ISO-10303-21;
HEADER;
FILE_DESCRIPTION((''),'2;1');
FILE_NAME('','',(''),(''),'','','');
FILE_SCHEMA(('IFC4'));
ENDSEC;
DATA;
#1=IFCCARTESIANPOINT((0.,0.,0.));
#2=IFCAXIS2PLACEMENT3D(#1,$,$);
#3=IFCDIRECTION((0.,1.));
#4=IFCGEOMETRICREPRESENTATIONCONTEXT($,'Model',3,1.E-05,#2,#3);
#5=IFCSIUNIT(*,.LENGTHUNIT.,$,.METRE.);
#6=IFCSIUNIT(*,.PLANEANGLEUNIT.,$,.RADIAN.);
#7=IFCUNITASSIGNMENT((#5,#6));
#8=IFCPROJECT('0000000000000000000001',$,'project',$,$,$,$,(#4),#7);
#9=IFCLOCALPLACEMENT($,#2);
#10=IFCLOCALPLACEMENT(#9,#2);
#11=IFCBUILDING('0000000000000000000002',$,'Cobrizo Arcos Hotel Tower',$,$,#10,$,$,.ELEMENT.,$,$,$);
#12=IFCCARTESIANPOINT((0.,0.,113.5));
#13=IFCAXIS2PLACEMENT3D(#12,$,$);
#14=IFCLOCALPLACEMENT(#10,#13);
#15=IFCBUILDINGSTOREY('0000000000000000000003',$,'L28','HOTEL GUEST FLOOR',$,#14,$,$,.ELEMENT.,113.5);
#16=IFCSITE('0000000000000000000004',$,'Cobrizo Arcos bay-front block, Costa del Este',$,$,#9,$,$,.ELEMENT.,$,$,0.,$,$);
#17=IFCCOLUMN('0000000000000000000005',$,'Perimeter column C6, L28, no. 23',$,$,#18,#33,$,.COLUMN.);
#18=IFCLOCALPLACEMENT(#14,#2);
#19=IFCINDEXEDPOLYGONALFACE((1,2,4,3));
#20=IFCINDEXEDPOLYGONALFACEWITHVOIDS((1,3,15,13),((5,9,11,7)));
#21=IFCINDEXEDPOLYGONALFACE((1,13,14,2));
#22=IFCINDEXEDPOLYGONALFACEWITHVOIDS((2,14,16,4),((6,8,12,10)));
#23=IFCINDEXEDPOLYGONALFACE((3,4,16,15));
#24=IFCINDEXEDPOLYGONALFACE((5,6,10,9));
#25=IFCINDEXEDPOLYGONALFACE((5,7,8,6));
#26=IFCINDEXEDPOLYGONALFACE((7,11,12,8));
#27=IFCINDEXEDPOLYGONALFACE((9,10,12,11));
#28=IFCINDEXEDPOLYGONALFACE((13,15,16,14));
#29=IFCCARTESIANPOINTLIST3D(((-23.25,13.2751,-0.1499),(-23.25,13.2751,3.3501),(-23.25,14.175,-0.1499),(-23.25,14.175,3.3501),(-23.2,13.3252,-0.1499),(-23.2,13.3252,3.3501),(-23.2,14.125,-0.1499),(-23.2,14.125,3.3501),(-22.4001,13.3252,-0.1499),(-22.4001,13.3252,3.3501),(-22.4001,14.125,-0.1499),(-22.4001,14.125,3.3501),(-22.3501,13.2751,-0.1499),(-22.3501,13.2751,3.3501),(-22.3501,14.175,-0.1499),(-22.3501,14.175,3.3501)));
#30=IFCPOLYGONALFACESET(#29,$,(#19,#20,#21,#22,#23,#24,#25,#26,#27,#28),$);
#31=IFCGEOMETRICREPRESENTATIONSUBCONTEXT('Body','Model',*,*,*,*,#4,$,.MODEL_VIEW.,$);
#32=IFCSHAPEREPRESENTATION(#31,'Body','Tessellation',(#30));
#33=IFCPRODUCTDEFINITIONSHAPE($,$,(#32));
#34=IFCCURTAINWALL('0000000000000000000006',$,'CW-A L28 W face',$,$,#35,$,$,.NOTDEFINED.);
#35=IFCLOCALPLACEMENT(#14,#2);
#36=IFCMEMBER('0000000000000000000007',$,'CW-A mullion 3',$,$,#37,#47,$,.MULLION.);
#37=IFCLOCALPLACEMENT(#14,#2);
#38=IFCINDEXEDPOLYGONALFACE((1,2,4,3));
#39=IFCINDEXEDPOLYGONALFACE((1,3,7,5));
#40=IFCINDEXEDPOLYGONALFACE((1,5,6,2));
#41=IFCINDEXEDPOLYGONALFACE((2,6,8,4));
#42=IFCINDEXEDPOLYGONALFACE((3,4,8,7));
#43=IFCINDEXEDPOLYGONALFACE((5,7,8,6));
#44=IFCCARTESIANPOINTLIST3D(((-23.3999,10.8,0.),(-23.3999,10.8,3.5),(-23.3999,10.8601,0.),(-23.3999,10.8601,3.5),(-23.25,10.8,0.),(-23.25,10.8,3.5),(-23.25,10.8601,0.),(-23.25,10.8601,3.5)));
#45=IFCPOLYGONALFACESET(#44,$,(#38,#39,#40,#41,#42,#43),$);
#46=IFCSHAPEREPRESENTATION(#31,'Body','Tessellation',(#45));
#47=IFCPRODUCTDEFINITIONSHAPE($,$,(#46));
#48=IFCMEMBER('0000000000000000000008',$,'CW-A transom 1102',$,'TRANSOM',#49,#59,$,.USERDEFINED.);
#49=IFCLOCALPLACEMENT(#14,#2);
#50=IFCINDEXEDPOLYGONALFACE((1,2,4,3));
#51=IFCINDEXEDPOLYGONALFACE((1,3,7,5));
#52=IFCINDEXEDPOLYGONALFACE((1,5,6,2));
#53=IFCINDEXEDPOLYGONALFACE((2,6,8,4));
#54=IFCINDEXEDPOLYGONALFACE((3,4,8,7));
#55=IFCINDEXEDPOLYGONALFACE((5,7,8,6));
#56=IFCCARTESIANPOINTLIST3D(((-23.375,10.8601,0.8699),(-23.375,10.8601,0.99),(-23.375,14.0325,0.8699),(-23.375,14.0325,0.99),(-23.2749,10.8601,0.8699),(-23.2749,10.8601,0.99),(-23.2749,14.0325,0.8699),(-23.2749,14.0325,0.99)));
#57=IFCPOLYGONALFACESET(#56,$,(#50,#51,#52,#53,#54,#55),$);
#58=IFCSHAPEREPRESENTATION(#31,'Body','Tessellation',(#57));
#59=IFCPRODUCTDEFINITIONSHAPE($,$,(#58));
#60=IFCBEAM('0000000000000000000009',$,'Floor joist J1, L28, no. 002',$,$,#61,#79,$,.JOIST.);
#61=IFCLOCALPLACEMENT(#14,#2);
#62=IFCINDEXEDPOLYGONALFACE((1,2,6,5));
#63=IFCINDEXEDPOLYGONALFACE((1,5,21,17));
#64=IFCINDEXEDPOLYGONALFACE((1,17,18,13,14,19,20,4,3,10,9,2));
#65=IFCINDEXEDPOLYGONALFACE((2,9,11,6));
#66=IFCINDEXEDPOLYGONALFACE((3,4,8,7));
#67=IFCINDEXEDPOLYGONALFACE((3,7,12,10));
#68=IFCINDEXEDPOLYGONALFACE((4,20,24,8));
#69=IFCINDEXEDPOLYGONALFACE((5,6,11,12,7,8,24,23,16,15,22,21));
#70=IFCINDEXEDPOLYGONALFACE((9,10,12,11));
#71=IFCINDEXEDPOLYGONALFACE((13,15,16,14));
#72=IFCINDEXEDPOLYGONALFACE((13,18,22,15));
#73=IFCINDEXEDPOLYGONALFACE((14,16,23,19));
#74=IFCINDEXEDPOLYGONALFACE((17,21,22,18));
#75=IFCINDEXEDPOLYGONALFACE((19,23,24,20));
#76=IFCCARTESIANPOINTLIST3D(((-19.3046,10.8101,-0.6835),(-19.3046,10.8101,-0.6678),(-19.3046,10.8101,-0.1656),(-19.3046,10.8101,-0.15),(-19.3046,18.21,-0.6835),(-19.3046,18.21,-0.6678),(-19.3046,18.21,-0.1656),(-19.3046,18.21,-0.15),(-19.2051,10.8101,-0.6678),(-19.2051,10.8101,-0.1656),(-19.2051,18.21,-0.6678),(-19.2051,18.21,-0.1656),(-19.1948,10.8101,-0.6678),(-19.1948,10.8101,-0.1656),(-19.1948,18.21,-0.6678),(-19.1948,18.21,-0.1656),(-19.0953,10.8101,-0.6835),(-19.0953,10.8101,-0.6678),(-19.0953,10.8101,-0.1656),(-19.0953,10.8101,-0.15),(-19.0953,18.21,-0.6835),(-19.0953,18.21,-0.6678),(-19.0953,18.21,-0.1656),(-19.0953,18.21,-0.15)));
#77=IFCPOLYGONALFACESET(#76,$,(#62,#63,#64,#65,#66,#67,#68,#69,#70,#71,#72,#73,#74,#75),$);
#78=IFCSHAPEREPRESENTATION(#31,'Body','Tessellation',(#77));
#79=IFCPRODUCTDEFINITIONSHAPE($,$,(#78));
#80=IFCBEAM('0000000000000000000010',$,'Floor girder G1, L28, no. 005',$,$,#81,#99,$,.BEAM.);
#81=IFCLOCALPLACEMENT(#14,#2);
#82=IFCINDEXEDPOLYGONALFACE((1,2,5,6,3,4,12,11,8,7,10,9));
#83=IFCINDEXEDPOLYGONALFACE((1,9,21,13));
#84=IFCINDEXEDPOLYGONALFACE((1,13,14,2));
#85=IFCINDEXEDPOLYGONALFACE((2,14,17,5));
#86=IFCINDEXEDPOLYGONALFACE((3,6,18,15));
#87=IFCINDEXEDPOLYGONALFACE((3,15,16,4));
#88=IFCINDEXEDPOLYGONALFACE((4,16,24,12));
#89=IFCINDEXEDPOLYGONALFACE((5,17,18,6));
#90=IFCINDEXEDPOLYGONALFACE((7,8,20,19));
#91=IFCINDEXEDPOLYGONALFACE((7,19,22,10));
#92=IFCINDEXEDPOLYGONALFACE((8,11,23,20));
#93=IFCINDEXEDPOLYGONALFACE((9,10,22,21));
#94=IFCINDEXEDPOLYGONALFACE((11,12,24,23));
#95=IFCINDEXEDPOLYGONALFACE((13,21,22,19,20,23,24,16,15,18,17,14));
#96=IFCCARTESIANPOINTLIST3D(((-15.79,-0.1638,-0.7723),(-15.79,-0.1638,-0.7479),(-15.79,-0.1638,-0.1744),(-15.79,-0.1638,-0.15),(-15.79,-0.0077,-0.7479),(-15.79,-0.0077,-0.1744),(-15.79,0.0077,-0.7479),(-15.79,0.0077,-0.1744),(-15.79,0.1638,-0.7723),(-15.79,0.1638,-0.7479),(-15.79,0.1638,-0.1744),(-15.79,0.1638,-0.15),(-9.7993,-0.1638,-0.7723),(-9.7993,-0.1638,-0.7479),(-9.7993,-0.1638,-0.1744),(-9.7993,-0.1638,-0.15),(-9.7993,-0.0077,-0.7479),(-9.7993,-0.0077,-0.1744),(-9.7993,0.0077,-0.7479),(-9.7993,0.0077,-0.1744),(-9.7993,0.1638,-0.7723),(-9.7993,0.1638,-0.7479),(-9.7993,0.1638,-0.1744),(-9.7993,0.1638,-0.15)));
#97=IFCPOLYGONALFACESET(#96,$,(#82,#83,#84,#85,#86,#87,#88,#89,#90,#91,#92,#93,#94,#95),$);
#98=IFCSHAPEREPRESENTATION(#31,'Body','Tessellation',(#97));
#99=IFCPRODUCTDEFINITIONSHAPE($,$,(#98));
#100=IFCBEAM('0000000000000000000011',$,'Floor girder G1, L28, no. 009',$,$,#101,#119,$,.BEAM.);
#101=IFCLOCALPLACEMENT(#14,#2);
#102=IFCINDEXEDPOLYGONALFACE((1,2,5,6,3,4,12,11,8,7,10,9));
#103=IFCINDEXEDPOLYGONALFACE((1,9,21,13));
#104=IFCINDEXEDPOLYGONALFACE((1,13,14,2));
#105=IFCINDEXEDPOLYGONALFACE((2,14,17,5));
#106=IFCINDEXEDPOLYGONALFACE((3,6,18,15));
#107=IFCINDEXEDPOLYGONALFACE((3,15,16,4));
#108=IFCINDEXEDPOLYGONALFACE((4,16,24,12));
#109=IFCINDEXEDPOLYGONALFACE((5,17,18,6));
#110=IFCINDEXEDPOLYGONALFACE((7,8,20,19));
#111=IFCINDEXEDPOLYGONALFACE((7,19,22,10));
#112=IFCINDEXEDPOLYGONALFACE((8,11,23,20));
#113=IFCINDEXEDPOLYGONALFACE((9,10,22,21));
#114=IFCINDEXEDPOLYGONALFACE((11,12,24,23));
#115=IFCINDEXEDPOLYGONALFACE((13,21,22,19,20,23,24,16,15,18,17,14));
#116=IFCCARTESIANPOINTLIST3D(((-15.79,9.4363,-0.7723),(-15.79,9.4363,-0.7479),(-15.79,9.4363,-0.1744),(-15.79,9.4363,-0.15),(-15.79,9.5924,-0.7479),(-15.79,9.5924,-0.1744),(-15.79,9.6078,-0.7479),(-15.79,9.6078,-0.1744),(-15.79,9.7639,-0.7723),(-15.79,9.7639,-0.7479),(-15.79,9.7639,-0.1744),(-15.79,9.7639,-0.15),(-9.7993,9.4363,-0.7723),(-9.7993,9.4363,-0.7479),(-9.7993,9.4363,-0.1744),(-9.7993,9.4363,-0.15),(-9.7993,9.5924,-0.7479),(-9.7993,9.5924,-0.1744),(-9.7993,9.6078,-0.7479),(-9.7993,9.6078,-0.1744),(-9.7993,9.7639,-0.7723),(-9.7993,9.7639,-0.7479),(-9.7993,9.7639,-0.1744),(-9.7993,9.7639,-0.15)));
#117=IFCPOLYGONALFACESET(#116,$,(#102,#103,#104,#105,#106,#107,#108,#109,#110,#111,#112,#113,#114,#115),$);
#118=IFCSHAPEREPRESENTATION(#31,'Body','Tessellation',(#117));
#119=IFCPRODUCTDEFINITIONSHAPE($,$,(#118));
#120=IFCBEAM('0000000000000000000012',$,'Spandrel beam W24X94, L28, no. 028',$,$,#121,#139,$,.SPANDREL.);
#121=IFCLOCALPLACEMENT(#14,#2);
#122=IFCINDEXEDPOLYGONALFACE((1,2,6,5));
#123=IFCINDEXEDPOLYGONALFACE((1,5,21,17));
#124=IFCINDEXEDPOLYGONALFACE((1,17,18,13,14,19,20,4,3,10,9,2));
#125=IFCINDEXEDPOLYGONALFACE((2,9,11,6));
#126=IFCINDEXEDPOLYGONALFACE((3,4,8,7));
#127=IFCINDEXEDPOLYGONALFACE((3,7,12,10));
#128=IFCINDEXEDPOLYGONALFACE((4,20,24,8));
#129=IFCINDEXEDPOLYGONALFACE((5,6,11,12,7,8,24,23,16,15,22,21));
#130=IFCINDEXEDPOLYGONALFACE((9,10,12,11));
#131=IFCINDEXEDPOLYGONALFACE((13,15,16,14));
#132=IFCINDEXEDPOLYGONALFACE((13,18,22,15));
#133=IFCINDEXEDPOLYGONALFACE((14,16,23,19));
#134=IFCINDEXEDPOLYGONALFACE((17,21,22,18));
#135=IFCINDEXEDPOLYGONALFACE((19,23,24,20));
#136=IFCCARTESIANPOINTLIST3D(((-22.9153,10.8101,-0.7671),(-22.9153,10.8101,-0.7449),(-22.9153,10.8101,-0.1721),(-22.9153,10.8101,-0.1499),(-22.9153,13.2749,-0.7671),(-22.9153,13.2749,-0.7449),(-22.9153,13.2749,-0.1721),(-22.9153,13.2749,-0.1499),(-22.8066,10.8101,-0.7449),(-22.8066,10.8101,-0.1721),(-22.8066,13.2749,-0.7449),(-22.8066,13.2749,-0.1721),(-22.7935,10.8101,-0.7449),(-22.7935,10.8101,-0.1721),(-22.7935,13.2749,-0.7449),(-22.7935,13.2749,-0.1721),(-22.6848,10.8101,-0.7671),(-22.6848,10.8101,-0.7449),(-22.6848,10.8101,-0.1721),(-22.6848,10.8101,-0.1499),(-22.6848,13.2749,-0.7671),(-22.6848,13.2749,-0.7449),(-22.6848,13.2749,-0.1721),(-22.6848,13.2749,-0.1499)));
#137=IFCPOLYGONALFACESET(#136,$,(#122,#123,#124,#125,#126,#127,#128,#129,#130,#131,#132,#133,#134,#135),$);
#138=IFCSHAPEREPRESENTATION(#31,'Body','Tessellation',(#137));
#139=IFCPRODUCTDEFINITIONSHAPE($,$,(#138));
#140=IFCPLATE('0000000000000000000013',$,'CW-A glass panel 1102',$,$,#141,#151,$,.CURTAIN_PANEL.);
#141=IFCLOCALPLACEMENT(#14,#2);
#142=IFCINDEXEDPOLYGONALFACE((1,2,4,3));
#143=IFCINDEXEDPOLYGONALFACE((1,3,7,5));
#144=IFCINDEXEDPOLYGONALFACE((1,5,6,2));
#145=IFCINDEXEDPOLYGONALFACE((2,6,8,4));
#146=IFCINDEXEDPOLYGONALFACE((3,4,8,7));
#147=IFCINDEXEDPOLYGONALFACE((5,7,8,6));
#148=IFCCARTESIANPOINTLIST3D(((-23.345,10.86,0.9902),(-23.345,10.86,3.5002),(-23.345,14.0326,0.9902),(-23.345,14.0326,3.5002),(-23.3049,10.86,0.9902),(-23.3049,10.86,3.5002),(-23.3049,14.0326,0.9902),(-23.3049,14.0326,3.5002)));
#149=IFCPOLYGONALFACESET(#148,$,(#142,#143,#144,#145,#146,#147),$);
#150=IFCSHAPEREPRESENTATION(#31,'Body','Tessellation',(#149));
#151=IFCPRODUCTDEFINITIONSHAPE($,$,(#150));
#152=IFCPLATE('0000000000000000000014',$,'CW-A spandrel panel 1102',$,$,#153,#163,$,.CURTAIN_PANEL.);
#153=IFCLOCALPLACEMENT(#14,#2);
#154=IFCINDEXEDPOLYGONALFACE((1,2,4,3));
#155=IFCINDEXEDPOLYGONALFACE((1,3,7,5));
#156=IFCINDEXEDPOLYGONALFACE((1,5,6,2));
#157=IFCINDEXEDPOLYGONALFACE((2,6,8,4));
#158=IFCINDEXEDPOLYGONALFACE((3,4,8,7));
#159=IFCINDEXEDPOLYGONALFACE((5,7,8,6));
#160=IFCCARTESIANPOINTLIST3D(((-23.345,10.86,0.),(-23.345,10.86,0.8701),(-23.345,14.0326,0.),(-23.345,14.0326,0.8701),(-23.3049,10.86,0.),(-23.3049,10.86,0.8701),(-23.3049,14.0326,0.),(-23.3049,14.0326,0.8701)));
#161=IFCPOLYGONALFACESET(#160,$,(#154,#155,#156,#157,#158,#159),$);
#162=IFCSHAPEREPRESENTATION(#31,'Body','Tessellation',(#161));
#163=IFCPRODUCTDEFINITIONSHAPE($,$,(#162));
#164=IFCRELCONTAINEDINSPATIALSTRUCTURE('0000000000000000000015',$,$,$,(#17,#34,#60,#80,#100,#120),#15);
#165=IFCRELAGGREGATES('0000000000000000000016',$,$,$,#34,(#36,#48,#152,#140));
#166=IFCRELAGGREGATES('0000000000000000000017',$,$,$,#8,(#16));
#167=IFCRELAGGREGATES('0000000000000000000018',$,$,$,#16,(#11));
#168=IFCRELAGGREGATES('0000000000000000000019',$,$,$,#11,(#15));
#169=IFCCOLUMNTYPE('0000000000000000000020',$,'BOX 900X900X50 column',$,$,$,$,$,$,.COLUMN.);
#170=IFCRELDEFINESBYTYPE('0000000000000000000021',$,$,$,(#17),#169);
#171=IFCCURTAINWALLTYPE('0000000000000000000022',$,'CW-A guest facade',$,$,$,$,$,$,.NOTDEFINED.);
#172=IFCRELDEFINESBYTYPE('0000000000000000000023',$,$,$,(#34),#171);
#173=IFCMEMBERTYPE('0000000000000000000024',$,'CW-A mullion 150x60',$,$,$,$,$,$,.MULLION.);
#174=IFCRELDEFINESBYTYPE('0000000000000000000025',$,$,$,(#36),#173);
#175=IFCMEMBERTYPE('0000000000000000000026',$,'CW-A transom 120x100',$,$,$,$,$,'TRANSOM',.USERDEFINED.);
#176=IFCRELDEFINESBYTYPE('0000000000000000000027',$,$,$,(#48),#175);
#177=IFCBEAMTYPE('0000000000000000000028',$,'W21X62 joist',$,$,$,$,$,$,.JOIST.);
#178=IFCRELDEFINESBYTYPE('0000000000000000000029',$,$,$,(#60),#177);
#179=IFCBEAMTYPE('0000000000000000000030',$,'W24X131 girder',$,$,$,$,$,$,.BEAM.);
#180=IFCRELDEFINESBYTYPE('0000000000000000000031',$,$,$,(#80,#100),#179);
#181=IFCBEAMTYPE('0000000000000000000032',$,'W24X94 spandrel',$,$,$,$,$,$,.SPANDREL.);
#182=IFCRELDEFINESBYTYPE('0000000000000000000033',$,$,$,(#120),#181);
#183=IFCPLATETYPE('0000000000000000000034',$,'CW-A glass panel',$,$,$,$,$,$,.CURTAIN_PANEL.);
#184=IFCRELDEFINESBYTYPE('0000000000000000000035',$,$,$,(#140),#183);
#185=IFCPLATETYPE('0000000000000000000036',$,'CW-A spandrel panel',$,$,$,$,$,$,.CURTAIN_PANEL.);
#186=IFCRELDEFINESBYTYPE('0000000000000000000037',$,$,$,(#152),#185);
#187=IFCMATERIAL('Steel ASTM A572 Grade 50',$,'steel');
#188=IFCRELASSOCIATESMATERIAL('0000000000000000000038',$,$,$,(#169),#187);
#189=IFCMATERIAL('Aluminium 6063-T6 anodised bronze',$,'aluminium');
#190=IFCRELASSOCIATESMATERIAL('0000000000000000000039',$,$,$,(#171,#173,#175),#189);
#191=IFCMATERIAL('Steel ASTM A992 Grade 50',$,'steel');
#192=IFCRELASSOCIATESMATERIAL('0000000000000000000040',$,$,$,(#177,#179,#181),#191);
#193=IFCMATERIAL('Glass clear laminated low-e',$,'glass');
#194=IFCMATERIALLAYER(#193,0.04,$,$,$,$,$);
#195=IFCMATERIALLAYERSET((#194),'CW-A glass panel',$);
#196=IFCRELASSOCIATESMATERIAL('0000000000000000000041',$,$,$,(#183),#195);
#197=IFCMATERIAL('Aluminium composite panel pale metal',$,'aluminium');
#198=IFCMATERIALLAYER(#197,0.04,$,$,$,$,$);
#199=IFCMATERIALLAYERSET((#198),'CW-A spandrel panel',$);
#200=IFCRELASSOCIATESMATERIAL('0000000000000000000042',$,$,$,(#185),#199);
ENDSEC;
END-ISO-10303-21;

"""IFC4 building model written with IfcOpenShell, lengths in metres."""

from ifc_helpers import new_model, si_unit, direction, frame, origin, origin_2d, place, context, subcontext, project, spatial, rectangle, hollow_rectangle, i_section, extrude, material, layer, layer_set, material_profile, profile_set, type_object, element, aggregate, save


model = new_model("IFC4")

# Units and contexts
model_context = context("Model", 3, precision=1e-05, world=origin(), true_north=direction((0.0, 1.0)))
body_context = subcontext(model_context, "Body", "Model", "MODEL_VIEW")
ifc_project = project(units=[si_unit("LENGTHUNIT", "METRE"), si_unit("PLANEANGLEUNIT", "RADIAN")], contexts=[model_context])

# Site, building, storey
site_placement = place(None, origin())
site = spatial("IfcSite", under=ifc_project, at=site_placement, Name="Cobrizo Arcos bay-front block, Costa del Este", CompositionType="ELEMENT", RefElevation=0.0)
building_placement = place(site_placement, origin())
building = spatial("IfcBuilding", under=site, at=building_placement, Name="Cobrizo Arcos Hotel Tower", CompositionType="ELEMENT")
storey_placement = place(building_placement, frame((0.0, 0.0, 113.5)))
storey = spatial("IfcBuildingStorey", under=building, at=storey_placement, Name="L28", Description="HOTEL GUEST FLOOR", CompositionType="ELEMENT", Elevation=113.5)

# Column
ifc_material_1 = material(Name="Steel ASTM A572 Grade 50", Category="steel")
ifc_material_profile_1 = material_profile(ifc_material_1, hollow_rectangle(XDim=0.8999, YDim=0.8999, WallThickness=0.05, at=origin_2d()), Name="BOX 900X900X50")
ifc_profile_set_1 = profile_set([ifc_material_profile_1], Name="Steel ASTM A572 Grade 50")
column_type = type_object("IfcColumnType", Name="BOX 900X900X50 column", PredefinedType="COLUMN", material=ifc_profile_set_1)
column_placement = place(storey_placement, frame((-22.8, 13.7251, -0.1499), z_axis=(0.0, 0.0, 1.0), x_axis=(1.0, 0.0, 0.0)))
element("IfcColumn", 1, at=column_placement, inside=storey, type_object=column_type, Name="Perimeter column C6, L28, no. 23", PredefinedType="COLUMN", context=body_context, shape_type="SweptSolid", body=[
    extrude(hollow_rectangle(XDim=0.8999, YDim=0.8999, WallThickness=0.05, at=origin_2d()), origin(), (0.0, 0.0, 1.0), 3.5),
])

# Curtain wall, members
ifc_material_2 = material(Name="Aluminium 6063-T6 anodised bronze", Category="aluminium")
curtain_wall_type = type_object("IfcCurtainWallType", Name="CW-A guest facade", PredefinedType="NOTDEFINED", material=ifc_material_2)
curtain_wall_placement = place(storey_placement, origin())
curtain_wall = element("IfcCurtainWall", 2, at=curtain_wall_placement, inside=storey, type_object=curtain_wall_type, Name="CW-A L28 W face", PredefinedType="NOTDEFINED")
ifc_material_profile_2 = material_profile(ifc_material_2, rectangle(XDim=0.1499, YDim=0.0601, at=origin_2d()), Name="CW-A mullion 150x60")
ifc_profile_set_2 = profile_set([ifc_material_profile_2], Name="Aluminium 6063-T6 anodised bronze")
member_type_1 = type_object("IfcMemberType", Name="CW-A mullion 150x60", PredefinedType="MULLION", material=ifc_profile_set_2)
member_1_placement = place(storey_placement, frame((-23.325, 10.8301, 0.0), z_axis=(0.0, 0.0, 1.0), x_axis=(-1.0, 0.0, 0.0)))
member_1 = element("IfcMember", 3, at=member_1_placement, type_object=member_type_1, Name="CW-A mullion 3", PredefinedType="MULLION", context=body_context, shape_type="SweptSolid", body=[
    extrude(rectangle(XDim=0.1499, YDim=0.0601, at=origin_2d()), origin(), (0.0, 0.0, 1.0), 3.5),
])
ifc_material_profile_3 = material_profile(ifc_material_2, rectangle(XDim=0.1001, YDim=0.1201, at=origin_2d()), Name="CW-A transom 120x100")
ifc_profile_set_3 = profile_set([ifc_material_profile_3], Name="Aluminium 6063-T6 anodised bronze")
member_type_2 = type_object("IfcMemberType", Name="CW-A transom 120x100", ElementType="TRANSOM", PredefinedType="USERDEFINED", material=ifc_profile_set_3)
member_2_placement = place(storey_placement, frame((-23.325, 14.0325, 0.9299), z_axis=(0.0, -1.0, 0.0), x_axis=(1.0, 0.0, 0.0)))
member_2 = element("IfcMember", 4, at=member_2_placement, type_object=member_type_2, Name="CW-A transom 1102", ObjectType="TRANSOM", PredefinedType="USERDEFINED", context=body_context, shape_type="SweptSolid", body=[
    extrude(rectangle(XDim=0.1001, YDim=0.1201, at=origin_2d()), origin(), (0.0, 0.0, 1.0), 3.1724),
])

# Beams
ifc_material_3 = material(Name="Steel ASTM A992 Grade 50", Category="steel")
ifc_material_profile_4 = material_profile(ifc_material_3, i_section(OverallWidth=0.2092, OverallDepth=0.5334, WebThickness=0.0103, FlangeThickness=0.0156, at=origin_2d()), Name="W21X62")
ifc_profile_set_4 = profile_set([ifc_material_profile_4], Name="Steel ASTM A992 Grade 50")
beam_type_1 = type_object("IfcBeamType", Name="W21X62 joist", PredefinedType="JOIST", material=ifc_profile_set_4)
beam_1_placement = place(storey_placement, frame((-19.2, 10.8101, -0.4167), z_axis=(0.0, 1.0, 0.0), x_axis=(-1.0, 0.0, 0.0)))
element("IfcBeam", 5, at=beam_1_placement, inside=storey, type_object=beam_type_1, Name="Floor joist J1, L28, no. 002", PredefinedType="JOIST", context=body_context, shape_type="SweptSolid", body=[
    extrude(i_section(OverallWidth=0.2092, OverallDepth=0.5334, WebThickness=0.0103, FlangeThickness=0.0156, at=origin_2d()), origin(), (0.0, 0.0, 1.0), 7.3999),
])
ifc_material_profile_5 = material_profile(ifc_material_3, i_section(OverallWidth=0.3276, OverallDepth=0.6223, WebThickness=0.0154, FlangeThickness=0.0244, at=origin_2d()), Name="W24X131")
ifc_profile_set_5 = profile_set([ifc_material_profile_5], Name="Steel ASTM A992 Grade 50")
beam_type_2 = type_object("IfcBeamType", Name="W24X131 girder", PredefinedType="BEAM", material=ifc_profile_set_5)
for number, where, z_axis, x_axis, name in (
    (6, (-15.79, 0.0, -0.4612), (1.0, 0.0, 0.0), (0.0, 1.0, 0.0), "Floor girder G1, L28, no. 005"),
    (7, (-15.79, 9.6001, -0.4612), (1.0, 0.0, 0.0), (0.0, 1.0, 0.0), "Floor girder G1, L28, no. 009"),
):
    element("IfcBeam", number, at=place(storey_placement, frame(where, z_axis=z_axis, x_axis=x_axis)), inside=storey, type_object=beam_type_2, Name=name, PredefinedType="BEAM", context=body_context, shape_type="SweptSolid", body=[
        extrude(i_section(OverallWidth=0.3276, OverallDepth=0.6223, WebThickness=0.0154, FlangeThickness=0.0244, at=origin_2d()), origin(), (0.0, 0.0, 1.0), 5.9907),
    ])
ifc_material_profile_6 = material_profile(ifc_material_3, i_section(OverallWidth=0.2305, OverallDepth=0.6172, WebThickness=0.0132, FlangeThickness=0.0222, at=origin_2d()), Name="W24X94")
ifc_profile_set_6 = profile_set([ifc_material_profile_6], Name="Steel ASTM A992 Grade 50")
beam_type_3 = type_object("IfcBeamType", Name="W24X94 spandrel", PredefinedType="SPANDREL", material=ifc_profile_set_6)
beam_2_placement = place(storey_placement, frame((-22.8, 13.2749, -0.4585), z_axis=(0.0, -1.0, 0.0), x_axis=(1.0, 0.0, 0.0)))
element("IfcBeam", 8, at=beam_2_placement, inside=storey, type_object=beam_type_3, Name="Spandrel beam W24X94, L28, no. 028", PredefinedType="SPANDREL", context=body_context, shape_type="SweptSolid", body=[
    extrude(i_section(OverallWidth=0.2305, OverallDepth=0.6172, WebThickness=0.0132, FlangeThickness=0.0222, at=origin_2d()), origin(), (0.0, 0.0, 1.0), 2.4648),
])

# Plates
ifc_material_4 = material(Name="Glass clear laminated low-e", Category="glass")
ifc_layer_1 = layer(ifc_material_4, 0.04)
ifc_layer_set_1 = layer_set([ifc_layer_1], Name="CW-A glass panel")
plate_type_1 = type_object("IfcPlateType", Name="CW-A glass panel", PredefinedType="CURTAIN_PANEL", material=ifc_layer_set_1)
plate_1_placement = place(storey_placement, frame((-23.325, 12.4463, 0.9902), z_axis=(0.0, 0.0, 1.0), x_axis=(0.0, -1.0, 0.0)))
plate_1 = element("IfcPlate", 9, at=plate_1_placement, type_object=plate_type_1, Name="CW-A glass panel 1102", PredefinedType="CURTAIN_PANEL", context=body_context, shape_type="SweptSolid", body=[
    extrude(rectangle(XDim=3.1726, YDim=0.04, at=origin_2d()), origin(), (0.0, 0.0, 1.0), 2.51),
])
ifc_material_5 = material(Name="Aluminium composite panel pale metal", Category="aluminium")
ifc_layer_2 = layer(ifc_material_5, 0.04)
ifc_layer_set_2 = layer_set([ifc_layer_2], Name="CW-A spandrel panel")
plate_type_2 = type_object("IfcPlateType", Name="CW-A spandrel panel", PredefinedType="CURTAIN_PANEL", material=ifc_layer_set_2)
plate_2_placement = place(storey_placement, frame((-23.325, 12.4463, 0.0), z_axis=(0.0, 0.0, 1.0), x_axis=(0.0, -1.0, 0.0)))
plate_2 = element("IfcPlate", 10, at=plate_2_placement, type_object=plate_type_2, Name="CW-A spandrel panel 1102", PredefinedType="CURTAIN_PANEL", context=body_context, shape_type="SweptSolid", body=[
    extrude(rectangle(XDim=3.1726, YDim=0.04, at=origin_2d()), origin(), (0.0, 0.0, 1.0), 0.8701),
])
aggregate(curtain_wall, [member_1, member_2, plate_2, plate_1])

save(model, "model.ifc")
